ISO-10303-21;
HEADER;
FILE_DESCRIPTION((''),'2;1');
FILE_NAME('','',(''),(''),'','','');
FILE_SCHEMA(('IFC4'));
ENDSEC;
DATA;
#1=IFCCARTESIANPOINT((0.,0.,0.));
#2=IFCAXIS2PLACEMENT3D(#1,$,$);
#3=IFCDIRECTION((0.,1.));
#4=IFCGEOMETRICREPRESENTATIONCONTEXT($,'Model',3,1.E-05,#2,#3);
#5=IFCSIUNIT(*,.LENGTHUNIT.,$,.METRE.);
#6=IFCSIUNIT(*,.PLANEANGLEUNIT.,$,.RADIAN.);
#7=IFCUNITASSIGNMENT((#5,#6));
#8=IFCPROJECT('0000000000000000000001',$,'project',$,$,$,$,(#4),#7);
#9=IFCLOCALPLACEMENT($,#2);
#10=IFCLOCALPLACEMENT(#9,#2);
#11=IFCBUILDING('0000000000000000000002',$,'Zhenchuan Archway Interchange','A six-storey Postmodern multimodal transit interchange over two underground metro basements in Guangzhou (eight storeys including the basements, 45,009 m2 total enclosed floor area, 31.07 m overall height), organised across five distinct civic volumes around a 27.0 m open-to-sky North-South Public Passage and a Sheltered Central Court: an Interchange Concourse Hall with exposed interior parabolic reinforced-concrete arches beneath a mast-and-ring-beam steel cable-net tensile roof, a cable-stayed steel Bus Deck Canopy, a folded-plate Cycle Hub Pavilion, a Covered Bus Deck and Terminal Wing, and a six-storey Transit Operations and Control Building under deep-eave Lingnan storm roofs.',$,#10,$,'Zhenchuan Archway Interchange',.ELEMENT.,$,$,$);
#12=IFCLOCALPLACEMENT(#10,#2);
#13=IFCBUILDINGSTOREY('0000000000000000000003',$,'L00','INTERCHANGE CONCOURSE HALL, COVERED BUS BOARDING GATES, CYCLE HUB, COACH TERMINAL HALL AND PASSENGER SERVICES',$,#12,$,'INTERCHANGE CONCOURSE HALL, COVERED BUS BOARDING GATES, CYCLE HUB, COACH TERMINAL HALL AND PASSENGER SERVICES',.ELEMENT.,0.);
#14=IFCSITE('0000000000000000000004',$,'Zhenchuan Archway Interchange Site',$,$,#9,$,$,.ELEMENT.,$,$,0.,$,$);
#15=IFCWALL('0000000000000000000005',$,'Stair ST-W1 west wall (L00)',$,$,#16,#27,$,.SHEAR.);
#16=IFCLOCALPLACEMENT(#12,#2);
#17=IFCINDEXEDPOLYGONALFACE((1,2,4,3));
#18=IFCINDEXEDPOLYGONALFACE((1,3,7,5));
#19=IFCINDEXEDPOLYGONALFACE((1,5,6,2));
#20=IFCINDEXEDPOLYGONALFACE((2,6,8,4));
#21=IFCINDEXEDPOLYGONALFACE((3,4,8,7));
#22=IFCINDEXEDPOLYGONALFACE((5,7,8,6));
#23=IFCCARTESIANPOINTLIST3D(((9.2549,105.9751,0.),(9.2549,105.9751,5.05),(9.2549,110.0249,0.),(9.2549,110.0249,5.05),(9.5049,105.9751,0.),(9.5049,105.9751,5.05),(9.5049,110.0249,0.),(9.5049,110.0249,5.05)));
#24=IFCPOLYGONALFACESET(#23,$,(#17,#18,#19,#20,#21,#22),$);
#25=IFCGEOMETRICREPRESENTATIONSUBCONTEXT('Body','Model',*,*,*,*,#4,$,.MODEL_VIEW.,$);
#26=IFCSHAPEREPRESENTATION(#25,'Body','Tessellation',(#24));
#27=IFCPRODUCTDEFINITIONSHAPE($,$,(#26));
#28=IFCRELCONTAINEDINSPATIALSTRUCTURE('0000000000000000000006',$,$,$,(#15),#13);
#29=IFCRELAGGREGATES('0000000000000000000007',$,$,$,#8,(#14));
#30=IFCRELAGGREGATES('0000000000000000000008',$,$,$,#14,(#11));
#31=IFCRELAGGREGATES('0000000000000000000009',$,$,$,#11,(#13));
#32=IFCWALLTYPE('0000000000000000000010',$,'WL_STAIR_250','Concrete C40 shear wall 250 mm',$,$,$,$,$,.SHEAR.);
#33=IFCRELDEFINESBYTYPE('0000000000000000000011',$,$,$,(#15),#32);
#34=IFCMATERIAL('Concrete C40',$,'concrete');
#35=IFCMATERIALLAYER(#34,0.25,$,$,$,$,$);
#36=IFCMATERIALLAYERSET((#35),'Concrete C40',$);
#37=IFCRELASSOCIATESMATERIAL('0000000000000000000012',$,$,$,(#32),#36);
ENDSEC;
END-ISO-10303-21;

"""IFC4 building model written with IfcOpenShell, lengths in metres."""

from ifc_helpers import new_model, si_unit, direction, frame, frame_2d, origin, place, context, subcontext, project, spatial, rectangle, extrude, material, layer, layer_set, type_object, element, save


model = new_model("IFC4")

# Units and contexts
model_context = context("Model", 3, precision=1e-05, world=origin(), true_north=direction((0.0, 1.0)))
body_context = subcontext(model_context, "Body", "Model", "MODEL_VIEW")
ifc_project = project(units=[si_unit("LENGTHUNIT", "METRE"), si_unit("PLANEANGLEUNIT", "RADIAN")], contexts=[model_context])

# Site, building, storey
site_placement = place(None, origin())
site = spatial("IfcSite", under=ifc_project, at=site_placement, Name="Zhenchuan Archway Interchange Site", CompositionType="ELEMENT", RefElevation=0.0)
building_placement = place(site_placement, origin())
building = spatial("IfcBuilding", under=site, at=building_placement, Name="Zhenchuan Archway Interchange", Description="A six-storey Postmodern multimodal transit interchange over two underground metro basements in Guangzhou (eight storeys including the basements, 45,009 m2 total enclosed floor area, 31.07 m overall height), organised across five distinct civic volumes around a 27.0 m open-to-sky North-South Public Passage and a Sheltered Central Court: an Interchange Concourse Hall with exposed interior parabolic reinforced-concrete arches beneath a mast-and-ring-beam steel cable-net tensile roof, a cable-stayed steel Bus Deck Canopy, a folded-plate Cycle Hub Pavilion, a Covered Bus Deck and Terminal Wing, and a six-storey Transit Operations and Control Building under deep-eave Lingnan storm roofs.", LongName="Zhenchuan Archway Interchange", CompositionType="ELEMENT")
storey_placement = place(building_placement, origin())
storey = spatial("IfcBuildingStorey", under=building, at=storey_placement, Name="L00", Description="INTERCHANGE CONCOURSE HALL, COVERED BUS BOARDING GATES, CYCLE HUB, COACH TERMINAL HALL AND PASSENGER SERVICES", LongName="INTERCHANGE CONCOURSE HALL, COVERED BUS BOARDING GATES, CYCLE HUB, COACH TERMINAL HALL AND PASSENGER SERVICES", CompositionType="ELEMENT", Elevation=0.0)

# Shared definitions
ifc_material_1 = material(Name="Concrete C40", Category="concrete")

# Wall
ifc_layer_1 = layer(ifc_material_1, 0.25)
ifc_layer_set_1 = layer_set([ifc_layer_1], Name="Concrete C40")
wall_type_1 = type_object("IfcWallType", Name="WL_STAIR_250", Description="Concrete C40 shear wall 250 mm", PredefinedType="SHEAR", material=ifc_layer_set_1)
wall_1_placement = place(storey_placement, frame((9.3799, 110.0249, 0.0), z_axis=(0.0, 0.0, 1.0), x_axis=(0.0, -1.0, 0.0)))
element("IfcWall", 1, at=wall_1_placement, inside=storey, type_object=wall_type_1, Name="Stair ST-W1 west wall (L00)", PredefinedType="SHEAR", context=body_context, shape_type="SweptSolid", body=[
    extrude(rectangle(XDim=4.0498, YDim=0.25, at=frame_2d((2.0249, 0.0))), origin(), (0.0, 0.0, 1.0), 5.05),
])

save(model, "model.ifc")
